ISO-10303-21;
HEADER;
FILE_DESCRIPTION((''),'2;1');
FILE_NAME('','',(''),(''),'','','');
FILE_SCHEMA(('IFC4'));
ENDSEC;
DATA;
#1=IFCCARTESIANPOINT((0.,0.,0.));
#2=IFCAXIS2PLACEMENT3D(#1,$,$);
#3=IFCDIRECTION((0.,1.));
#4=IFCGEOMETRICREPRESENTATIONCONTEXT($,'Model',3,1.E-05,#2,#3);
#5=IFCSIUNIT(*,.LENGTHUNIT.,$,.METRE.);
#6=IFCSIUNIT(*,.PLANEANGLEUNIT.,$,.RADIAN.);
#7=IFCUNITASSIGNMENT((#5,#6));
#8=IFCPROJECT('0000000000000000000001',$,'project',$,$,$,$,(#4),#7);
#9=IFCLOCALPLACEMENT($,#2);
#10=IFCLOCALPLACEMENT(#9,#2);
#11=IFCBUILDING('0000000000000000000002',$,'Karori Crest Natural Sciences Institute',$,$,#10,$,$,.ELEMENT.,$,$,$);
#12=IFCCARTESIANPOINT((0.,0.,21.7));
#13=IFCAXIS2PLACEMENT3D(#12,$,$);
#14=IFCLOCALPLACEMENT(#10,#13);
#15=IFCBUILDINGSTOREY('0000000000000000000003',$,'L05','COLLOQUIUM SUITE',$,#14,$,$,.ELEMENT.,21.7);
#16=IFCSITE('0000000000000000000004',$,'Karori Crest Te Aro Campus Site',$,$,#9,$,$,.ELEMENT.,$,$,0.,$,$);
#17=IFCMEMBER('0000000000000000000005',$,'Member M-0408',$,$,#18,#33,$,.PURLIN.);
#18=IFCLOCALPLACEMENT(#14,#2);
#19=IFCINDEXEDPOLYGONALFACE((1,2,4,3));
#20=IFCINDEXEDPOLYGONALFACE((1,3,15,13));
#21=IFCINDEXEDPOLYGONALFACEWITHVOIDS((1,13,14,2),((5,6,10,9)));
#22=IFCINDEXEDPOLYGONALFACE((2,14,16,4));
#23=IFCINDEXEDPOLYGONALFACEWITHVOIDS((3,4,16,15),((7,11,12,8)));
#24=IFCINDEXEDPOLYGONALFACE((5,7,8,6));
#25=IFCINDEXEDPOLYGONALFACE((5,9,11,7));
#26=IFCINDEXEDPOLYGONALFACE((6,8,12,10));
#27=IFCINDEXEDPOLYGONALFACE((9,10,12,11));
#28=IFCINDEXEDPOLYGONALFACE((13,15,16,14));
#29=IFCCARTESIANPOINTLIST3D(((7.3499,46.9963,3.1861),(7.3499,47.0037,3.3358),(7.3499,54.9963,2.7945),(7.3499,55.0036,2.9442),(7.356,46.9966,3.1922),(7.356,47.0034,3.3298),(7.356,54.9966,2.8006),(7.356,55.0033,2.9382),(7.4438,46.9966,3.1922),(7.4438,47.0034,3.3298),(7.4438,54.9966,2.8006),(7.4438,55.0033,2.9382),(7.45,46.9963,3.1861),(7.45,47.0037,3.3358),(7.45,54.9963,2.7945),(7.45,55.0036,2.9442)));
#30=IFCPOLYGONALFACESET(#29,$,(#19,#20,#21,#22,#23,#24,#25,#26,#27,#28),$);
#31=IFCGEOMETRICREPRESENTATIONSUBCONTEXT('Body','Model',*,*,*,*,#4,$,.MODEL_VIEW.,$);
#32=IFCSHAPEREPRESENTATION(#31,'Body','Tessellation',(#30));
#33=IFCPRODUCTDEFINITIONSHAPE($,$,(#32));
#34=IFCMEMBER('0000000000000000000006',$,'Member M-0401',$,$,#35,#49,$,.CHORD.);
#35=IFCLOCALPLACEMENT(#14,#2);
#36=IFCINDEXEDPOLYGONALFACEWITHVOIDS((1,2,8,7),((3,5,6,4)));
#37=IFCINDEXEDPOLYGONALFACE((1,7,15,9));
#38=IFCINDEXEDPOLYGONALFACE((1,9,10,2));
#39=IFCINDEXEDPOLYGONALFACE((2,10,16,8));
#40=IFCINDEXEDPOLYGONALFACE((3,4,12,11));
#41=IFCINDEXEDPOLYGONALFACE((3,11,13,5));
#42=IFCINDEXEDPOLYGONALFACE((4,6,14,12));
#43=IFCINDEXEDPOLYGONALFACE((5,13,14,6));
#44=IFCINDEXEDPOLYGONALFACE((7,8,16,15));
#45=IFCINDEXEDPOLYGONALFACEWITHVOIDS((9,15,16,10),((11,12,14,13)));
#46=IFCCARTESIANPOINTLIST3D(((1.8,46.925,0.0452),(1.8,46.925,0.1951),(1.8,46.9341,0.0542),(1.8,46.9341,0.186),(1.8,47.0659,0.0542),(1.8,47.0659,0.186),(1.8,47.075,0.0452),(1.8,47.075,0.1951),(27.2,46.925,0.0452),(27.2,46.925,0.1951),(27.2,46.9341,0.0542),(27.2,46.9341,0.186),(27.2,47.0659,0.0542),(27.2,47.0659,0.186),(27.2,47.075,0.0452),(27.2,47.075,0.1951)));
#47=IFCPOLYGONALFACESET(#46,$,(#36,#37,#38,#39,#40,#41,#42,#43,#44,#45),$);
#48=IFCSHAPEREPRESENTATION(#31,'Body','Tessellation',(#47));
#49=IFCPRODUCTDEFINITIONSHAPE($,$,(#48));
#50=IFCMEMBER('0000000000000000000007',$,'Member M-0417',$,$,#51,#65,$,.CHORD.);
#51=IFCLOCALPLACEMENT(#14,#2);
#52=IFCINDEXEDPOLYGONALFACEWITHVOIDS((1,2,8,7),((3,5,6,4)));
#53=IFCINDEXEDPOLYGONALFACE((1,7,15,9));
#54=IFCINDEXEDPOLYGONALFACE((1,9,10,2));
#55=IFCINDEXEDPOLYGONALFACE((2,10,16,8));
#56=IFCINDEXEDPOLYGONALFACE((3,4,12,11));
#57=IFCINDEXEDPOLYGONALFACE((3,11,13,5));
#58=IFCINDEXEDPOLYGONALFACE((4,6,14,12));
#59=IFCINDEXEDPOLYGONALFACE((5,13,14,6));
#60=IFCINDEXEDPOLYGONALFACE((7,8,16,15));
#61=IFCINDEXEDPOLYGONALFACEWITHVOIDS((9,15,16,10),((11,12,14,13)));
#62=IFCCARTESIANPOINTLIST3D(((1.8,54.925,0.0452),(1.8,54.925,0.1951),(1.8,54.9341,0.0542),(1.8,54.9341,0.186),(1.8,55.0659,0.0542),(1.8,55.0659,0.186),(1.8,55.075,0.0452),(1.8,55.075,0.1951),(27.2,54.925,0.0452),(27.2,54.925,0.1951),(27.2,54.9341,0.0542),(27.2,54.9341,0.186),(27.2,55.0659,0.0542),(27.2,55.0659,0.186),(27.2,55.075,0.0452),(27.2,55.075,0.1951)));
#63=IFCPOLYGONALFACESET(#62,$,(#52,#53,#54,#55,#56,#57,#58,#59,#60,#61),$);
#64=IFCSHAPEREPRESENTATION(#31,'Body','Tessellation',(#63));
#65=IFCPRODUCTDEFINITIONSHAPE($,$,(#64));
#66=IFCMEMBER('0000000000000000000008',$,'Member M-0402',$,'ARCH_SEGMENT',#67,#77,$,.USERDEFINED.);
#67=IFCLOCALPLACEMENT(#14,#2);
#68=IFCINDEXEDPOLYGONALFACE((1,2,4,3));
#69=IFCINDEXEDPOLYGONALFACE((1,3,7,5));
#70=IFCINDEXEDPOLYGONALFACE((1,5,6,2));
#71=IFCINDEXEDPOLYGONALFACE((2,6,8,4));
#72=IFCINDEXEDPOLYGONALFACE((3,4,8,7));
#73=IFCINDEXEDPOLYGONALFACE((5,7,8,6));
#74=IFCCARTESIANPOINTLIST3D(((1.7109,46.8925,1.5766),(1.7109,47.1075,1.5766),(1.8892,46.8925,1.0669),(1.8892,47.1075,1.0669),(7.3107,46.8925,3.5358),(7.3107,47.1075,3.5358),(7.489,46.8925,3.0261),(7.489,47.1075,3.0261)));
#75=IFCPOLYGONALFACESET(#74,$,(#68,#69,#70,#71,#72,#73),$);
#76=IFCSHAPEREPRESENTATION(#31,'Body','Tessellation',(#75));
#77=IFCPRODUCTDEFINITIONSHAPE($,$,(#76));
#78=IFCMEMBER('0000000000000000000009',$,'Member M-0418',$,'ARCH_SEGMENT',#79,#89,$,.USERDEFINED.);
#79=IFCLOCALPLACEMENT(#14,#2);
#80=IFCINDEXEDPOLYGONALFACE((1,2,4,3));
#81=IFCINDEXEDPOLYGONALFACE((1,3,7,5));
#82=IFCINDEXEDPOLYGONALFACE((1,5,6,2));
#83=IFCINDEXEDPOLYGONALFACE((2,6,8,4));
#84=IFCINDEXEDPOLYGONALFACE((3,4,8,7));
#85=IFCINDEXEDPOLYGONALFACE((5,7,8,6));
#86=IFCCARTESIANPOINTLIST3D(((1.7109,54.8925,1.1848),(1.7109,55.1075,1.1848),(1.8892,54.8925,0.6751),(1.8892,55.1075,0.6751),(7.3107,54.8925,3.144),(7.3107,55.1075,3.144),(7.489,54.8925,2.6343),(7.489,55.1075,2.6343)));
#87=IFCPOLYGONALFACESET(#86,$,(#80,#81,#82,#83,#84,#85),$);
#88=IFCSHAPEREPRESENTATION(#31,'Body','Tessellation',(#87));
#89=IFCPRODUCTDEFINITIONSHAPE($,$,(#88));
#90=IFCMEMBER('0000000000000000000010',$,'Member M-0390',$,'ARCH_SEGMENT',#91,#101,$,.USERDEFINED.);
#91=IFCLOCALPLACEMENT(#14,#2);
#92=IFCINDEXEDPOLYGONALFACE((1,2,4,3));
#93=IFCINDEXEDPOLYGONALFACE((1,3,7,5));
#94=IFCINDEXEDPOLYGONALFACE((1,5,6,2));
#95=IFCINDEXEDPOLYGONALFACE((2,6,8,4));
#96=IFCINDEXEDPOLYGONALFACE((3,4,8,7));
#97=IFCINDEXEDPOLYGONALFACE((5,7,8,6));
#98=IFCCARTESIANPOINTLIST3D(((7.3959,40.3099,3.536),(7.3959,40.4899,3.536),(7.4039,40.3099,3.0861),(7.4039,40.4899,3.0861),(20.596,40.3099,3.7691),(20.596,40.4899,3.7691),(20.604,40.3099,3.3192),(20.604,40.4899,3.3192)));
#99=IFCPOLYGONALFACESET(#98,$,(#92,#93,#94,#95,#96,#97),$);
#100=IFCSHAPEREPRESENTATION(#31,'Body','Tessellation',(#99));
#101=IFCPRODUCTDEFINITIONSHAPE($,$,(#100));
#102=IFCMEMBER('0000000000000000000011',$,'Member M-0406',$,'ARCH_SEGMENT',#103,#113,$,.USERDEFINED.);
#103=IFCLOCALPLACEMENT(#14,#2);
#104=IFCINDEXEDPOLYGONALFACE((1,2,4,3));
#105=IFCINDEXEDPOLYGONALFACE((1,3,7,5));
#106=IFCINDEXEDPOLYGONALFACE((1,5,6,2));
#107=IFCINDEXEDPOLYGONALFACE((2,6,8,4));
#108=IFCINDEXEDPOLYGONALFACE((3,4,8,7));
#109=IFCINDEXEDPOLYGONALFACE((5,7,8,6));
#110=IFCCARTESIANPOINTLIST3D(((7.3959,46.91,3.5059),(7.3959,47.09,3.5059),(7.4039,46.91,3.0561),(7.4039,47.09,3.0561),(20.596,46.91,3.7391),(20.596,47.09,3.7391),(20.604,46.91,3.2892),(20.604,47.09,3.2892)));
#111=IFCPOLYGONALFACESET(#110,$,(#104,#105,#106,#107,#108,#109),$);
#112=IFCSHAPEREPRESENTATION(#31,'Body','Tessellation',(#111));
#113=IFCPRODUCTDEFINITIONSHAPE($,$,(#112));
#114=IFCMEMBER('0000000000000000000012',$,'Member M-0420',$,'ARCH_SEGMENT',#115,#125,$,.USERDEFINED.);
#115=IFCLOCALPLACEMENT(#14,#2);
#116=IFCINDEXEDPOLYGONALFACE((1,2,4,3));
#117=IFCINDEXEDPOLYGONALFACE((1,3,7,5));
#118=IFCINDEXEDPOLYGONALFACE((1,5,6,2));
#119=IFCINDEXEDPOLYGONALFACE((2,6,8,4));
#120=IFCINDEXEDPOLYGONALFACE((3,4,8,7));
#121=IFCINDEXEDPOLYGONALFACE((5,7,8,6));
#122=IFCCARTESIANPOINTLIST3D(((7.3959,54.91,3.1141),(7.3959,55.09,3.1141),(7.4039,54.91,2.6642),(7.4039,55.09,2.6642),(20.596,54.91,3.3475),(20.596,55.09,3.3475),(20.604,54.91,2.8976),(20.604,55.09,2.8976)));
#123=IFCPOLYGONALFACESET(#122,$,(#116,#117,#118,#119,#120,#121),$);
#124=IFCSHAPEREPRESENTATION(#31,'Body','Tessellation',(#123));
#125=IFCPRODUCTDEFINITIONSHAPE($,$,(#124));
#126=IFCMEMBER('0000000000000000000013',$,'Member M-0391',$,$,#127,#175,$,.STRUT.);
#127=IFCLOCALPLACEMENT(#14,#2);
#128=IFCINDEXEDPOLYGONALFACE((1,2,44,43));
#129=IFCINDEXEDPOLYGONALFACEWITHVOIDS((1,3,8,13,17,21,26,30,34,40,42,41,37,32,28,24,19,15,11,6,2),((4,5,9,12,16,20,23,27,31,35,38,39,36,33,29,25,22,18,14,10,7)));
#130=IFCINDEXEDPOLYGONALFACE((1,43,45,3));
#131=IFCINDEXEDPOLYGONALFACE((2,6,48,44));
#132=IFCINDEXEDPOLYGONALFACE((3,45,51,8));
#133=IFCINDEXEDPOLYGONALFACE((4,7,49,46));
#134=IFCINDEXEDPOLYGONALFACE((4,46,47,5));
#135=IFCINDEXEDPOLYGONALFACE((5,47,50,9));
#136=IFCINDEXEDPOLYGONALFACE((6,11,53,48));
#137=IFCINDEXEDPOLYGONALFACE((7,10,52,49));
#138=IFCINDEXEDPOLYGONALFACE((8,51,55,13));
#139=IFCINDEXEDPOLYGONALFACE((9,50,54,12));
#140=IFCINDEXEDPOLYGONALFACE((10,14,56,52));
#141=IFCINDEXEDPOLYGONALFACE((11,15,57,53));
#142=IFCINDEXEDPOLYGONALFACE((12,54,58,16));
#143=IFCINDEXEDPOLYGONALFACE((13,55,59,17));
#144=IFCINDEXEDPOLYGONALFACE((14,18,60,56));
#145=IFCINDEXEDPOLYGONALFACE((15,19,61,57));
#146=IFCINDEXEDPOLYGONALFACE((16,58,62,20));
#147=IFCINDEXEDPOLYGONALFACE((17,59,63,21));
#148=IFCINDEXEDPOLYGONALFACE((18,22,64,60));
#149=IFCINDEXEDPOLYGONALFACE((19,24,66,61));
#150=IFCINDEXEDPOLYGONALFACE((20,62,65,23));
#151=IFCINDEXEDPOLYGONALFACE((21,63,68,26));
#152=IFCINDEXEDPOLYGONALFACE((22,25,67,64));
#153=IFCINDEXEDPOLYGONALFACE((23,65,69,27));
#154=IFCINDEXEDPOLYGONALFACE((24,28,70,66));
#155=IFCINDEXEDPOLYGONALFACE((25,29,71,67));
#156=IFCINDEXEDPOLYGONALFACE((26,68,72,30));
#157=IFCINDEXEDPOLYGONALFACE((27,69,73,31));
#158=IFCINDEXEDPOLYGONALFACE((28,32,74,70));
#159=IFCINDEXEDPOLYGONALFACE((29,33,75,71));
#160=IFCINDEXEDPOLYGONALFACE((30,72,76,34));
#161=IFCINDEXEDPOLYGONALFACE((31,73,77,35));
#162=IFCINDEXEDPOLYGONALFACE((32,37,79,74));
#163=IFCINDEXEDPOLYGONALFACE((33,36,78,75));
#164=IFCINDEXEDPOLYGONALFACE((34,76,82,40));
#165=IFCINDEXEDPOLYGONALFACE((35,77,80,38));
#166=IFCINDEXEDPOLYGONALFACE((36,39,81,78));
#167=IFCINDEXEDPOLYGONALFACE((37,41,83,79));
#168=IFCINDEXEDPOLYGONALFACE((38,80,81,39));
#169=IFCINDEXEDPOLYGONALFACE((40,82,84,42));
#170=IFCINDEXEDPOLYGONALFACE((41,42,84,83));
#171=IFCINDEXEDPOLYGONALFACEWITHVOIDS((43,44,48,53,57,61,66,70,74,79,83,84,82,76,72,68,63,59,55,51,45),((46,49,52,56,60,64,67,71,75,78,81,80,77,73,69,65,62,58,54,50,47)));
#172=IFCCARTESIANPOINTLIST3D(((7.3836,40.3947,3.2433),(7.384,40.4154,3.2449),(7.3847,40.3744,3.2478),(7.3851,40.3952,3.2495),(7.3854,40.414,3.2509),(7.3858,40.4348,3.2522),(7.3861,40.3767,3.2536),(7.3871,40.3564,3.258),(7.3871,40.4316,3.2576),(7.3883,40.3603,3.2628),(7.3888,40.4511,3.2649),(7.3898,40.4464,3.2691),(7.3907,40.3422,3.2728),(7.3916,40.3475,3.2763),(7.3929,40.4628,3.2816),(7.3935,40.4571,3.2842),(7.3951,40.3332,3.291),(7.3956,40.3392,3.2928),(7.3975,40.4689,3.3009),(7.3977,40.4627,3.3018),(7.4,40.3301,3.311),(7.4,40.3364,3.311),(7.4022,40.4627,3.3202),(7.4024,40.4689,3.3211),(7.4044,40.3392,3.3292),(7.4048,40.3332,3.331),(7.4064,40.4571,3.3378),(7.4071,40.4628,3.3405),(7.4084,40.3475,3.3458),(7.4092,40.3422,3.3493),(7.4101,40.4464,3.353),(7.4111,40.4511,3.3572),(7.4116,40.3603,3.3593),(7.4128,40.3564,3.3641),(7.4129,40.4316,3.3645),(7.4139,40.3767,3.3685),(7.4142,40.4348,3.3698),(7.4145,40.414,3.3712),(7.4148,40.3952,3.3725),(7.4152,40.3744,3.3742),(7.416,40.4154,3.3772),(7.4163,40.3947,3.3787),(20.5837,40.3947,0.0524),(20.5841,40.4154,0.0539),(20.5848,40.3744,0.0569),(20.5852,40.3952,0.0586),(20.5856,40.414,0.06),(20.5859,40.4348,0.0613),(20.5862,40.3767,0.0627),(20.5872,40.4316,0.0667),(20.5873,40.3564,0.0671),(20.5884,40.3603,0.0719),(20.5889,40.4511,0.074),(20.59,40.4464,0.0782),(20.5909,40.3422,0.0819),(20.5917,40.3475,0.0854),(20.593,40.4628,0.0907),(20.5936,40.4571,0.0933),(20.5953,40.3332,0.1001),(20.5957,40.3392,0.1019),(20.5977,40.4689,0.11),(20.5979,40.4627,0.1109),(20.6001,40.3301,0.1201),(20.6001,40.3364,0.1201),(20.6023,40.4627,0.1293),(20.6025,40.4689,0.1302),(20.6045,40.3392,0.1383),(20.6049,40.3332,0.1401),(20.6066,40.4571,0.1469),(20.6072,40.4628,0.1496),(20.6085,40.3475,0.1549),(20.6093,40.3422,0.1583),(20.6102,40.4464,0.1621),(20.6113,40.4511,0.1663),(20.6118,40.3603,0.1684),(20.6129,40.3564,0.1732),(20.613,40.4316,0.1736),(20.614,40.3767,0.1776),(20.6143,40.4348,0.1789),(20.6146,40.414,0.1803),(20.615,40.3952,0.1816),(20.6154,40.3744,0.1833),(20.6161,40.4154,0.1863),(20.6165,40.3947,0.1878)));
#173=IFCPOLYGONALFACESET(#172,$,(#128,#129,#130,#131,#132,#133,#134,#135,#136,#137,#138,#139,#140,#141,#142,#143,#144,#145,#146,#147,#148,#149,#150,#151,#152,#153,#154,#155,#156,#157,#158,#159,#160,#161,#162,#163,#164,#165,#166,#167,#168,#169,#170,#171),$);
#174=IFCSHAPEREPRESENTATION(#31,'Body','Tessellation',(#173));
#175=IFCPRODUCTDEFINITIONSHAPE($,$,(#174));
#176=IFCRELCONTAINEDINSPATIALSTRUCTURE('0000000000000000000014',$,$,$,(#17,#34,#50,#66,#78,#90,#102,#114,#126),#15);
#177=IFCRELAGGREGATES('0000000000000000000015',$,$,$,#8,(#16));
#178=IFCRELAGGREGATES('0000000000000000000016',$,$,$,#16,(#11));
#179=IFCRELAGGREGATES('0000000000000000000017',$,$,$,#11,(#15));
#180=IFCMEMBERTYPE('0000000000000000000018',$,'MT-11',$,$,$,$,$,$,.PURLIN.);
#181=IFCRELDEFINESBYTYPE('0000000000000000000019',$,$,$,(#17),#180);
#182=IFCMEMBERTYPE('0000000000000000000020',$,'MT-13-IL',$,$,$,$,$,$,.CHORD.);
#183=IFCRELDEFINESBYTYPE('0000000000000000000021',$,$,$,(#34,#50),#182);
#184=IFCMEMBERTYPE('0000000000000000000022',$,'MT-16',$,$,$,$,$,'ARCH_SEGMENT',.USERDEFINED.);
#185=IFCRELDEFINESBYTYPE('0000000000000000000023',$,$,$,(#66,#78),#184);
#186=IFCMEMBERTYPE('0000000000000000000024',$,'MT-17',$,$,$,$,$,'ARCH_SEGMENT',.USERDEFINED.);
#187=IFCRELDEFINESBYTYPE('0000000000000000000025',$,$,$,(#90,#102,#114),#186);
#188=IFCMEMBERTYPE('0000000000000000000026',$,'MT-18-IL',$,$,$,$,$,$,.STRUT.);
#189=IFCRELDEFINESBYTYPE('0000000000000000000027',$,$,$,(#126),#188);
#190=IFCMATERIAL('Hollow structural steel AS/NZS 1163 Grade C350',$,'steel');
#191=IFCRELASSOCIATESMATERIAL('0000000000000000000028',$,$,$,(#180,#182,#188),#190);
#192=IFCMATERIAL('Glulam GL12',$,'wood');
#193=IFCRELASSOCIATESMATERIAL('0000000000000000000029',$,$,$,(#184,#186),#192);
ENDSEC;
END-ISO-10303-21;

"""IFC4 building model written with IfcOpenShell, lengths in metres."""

from ifc_helpers import new_model, si_unit, direction, frame, origin, origin_2d, place, context, subcontext, project, spatial, rectangle, hollow_rectangle, hollow_circle, extrude, material, material_profile, profile_set, type_object, element, save


model = new_model("IFC4")

# Units and contexts
model_context = context("Model", 3, precision=1e-05, world=origin(), true_north=direction((0.0, 1.0)))
body_context = subcontext(model_context, "Body", "Model", "MODEL_VIEW")
ifc_project = project(units=[si_unit("LENGTHUNIT", "METRE"), si_unit("PLANEANGLEUNIT", "RADIAN")], contexts=[model_context])

# Site, building, storey
site_placement = place(None, origin())
site = spatial("IfcSite", under=ifc_project, at=site_placement, Name="Karori Crest Te Aro Campus Site", CompositionType="ELEMENT", RefElevation=0.0)
building_placement = place(site_placement, origin())
building = spatial("IfcBuilding", under=site, at=building_placement, Name="Karori Crest Natural Sciences Institute", CompositionType="ELEMENT")
storey_placement = place(building_placement, frame((0.0, 0.0, 21.7)))
storey = spatial("IfcBuildingStorey", under=building, at=storey_placement, Name="L05", Description="COLLOQUIUM SUITE", CompositionType="ELEMENT", Elevation=21.7)

# Members
ifc_material_1 = material(Name="Hollow structural steel AS/NZS 1163 Grade C350", Category="steel")
ifc_material_profile_1 = material_profile(ifc_material_1, hollow_rectangle(XDim=0.1001, YDim=0.1499, WallThickness=0.0061, at=origin_2d()), Name="RHS150x100x6")
ifc_profile_set_1 = profile_set([ifc_material_profile_1], Name="Hollow structural steel AS/NZS 1163 Grade C350")
member_type_1 = type_object("IfcMemberType", Name="MT-11", PredefinedType="PURLIN", material=ifc_profile_set_1)
for number, where, z_axis, x_axis, name in (
    (1, (7.3999, 47.0, 3.261), (0.0, 0.998804, -0.048892), (-1.0, 0.0, 0.0), "Member M-0408"),
):
    element("IfcMember", number, at=place(storey_placement, frame(where, z_axis=z_axis, x_axis=x_axis)), inside=storey, type_object=member_type_1, Name=name, PredefinedType="PURLIN", context=body_context, shape_type="SweptSolid", body=[
        extrude(hollow_rectangle(XDim=0.1001, YDim=0.1499, WallThickness=0.0061, at=origin_2d()), origin(), (0.0, 0.0, 1.0), 8.0095),
    ])
ifc_material_profile_2 = material_profile(ifc_material_1, hollow_rectangle(XDim=0.1499, YDim=0.1499, WallThickness=0.009, at=origin_2d()), Name="SHS150x150x9")
ifc_profile_set_2 = profile_set([ifc_material_profile_2], Name="Hollow structural steel AS/NZS 1163 Grade C350")
member_type_2 = type_object("IfcMemberType", Name="MT-13-IL", PredefinedType="CHORD", material=ifc_profile_set_2)
for number, where, z_axis, x_axis, name in (
    (2, (1.8, 47.0, 0.1201), (1.0, 0.0, 0.0), (0.0, 1.0, 0.0), "Member M-0401"),
    (3, (1.8, 55.0, 0.1201), (1.0, 0.0, 0.0), (0.0, 1.0, 0.0), "Member M-0417"),
):
    element("IfcMember", number, at=place(storey_placement, frame(where, z_axis=z_axis, x_axis=x_axis)), inside=storey, type_object=member_type_2, Name=name, PredefinedType="CHORD", context=body_context, shape_type="SweptSolid", body=[
        extrude(hollow_rectangle(XDim=0.1499, YDim=0.1499, WallThickness=0.009, at=origin_2d()), origin(), (0.0, 0.0, 1.0), 25.3999),
    ])
ifc_material_2 = material(Name="Glulam GL12", Category="wood")
ifc_material_profile_3 = material_profile(ifc_material_2, rectangle(XDim=0.2151, YDim=0.54, at=origin_2d()), Name="GL215x540")
ifc_profile_set_3 = profile_set([ifc_material_profile_3], Name="Glulam GL12")
member_type_3 = type_object("IfcMemberType", Name="MT-16", ElementType="ARCH_SEGMENT", PredefinedType="USERDEFINED", material=ifc_profile_set_3)
for number, where, z_axis, x_axis, name in (
    (4, (1.8, 47.0, 1.3218), (0.943896, 0.0, 0.330242), (0.0, 1.0, 0.0), "Member M-0402"),
    (5, (1.8, 55.0, 0.9299), (0.943896, 0.0, 0.330242), (0.0, 1.0, 0.0), "Member M-0418"),
):
    element("IfcMember", number, at=place(storey_placement, frame(where, z_axis=z_axis, x_axis=x_axis)), inside=storey, type_object=member_type_3, Name=name, ObjectType="ARCH_SEGMENT", PredefinedType="USERDEFINED", context=body_context, shape_type="SweptSolid", body=[
        extrude(rectangle(XDim=0.2151, YDim=0.54, at=origin_2d()), origin(), (0.0, 0.0, 1.0), 5.9326),
    ])
ifc_material_profile_4 = material_profile(ifc_material_2, rectangle(XDim=0.1799, YDim=0.45, at=origin_2d()), Name="GL180x450")
ifc_profile_set_4 = profile_set([ifc_material_profile_4], Name="Glulam GL12")
member_type_4 = type_object("IfcMemberType", Name="MT-17", ElementType="ARCH_SEGMENT", PredefinedType="USERDEFINED", material=ifc_profile_set_4)
for number, where, z_axis, x_axis, name in (
    (6, (7.3999, 40.3999, 3.311), (0.999844, 0.0, 0.01766), (0.0, 1.0, 0.0), "Member M-0390"),
    (7, (7.3999, 47.0, 3.281), (0.999844, 0.0, 0.01766), (0.0, 1.0, 0.0), "Member M-0406"),
    (8, (7.3999, 55.0, 2.8892), (0.999844, 0.0, 0.017679), (0.0, 1.0, 0.0), "Member M-0420"),
):
    element("IfcMember", number, at=place(storey_placement, frame(where, z_axis=z_axis, x_axis=x_axis)), inside=storey, type_object=member_type_4, Name=name, ObjectType="ARCH_SEGMENT", PredefinedType="USERDEFINED", context=body_context, shape_type="SweptSolid", body=[
        extrude(rectangle(XDim=0.1799, YDim=0.45, at=origin_2d()), origin(), (0.0, 0.0, 1.0), 13.2021),
    ])
ifc_material_profile_5 = material_profile(ifc_material_1, hollow_circle(Radius=0.0698, WallThickness=0.0063, at=origin_2d()), Name="CHS139.7x6.4")
ifc_profile_set_5 = profile_set([ifc_material_profile_5], Name="Hollow structural steel AS/NZS 1163 Grade C350")
member_type_5 = type_object("IfcMemberType", Name="MT-18-IL", PredefinedType="STRUT", material=ifc_profile_set_5)
member_1_placement = place(storey_placement, frame((20.6001, 40.3999, 0.1201), z_axis=(-0.972004, 0.0, 0.234965), x_axis=(0.0, -1.0, 0.0)))
element("IfcMember", 9, at=member_1_placement, inside=storey, type_object=member_type_5, Name="Member M-0391", PredefinedType="STRUT", context=body_context, shape_type="SweptSolid", body=[
    extrude(hollow_circle(Radius=0.0698, WallThickness=0.0063, at=origin_2d()), origin(), (0.0, 0.0, 1.0), 13.5803),
])

save(model, "model.ifc")
